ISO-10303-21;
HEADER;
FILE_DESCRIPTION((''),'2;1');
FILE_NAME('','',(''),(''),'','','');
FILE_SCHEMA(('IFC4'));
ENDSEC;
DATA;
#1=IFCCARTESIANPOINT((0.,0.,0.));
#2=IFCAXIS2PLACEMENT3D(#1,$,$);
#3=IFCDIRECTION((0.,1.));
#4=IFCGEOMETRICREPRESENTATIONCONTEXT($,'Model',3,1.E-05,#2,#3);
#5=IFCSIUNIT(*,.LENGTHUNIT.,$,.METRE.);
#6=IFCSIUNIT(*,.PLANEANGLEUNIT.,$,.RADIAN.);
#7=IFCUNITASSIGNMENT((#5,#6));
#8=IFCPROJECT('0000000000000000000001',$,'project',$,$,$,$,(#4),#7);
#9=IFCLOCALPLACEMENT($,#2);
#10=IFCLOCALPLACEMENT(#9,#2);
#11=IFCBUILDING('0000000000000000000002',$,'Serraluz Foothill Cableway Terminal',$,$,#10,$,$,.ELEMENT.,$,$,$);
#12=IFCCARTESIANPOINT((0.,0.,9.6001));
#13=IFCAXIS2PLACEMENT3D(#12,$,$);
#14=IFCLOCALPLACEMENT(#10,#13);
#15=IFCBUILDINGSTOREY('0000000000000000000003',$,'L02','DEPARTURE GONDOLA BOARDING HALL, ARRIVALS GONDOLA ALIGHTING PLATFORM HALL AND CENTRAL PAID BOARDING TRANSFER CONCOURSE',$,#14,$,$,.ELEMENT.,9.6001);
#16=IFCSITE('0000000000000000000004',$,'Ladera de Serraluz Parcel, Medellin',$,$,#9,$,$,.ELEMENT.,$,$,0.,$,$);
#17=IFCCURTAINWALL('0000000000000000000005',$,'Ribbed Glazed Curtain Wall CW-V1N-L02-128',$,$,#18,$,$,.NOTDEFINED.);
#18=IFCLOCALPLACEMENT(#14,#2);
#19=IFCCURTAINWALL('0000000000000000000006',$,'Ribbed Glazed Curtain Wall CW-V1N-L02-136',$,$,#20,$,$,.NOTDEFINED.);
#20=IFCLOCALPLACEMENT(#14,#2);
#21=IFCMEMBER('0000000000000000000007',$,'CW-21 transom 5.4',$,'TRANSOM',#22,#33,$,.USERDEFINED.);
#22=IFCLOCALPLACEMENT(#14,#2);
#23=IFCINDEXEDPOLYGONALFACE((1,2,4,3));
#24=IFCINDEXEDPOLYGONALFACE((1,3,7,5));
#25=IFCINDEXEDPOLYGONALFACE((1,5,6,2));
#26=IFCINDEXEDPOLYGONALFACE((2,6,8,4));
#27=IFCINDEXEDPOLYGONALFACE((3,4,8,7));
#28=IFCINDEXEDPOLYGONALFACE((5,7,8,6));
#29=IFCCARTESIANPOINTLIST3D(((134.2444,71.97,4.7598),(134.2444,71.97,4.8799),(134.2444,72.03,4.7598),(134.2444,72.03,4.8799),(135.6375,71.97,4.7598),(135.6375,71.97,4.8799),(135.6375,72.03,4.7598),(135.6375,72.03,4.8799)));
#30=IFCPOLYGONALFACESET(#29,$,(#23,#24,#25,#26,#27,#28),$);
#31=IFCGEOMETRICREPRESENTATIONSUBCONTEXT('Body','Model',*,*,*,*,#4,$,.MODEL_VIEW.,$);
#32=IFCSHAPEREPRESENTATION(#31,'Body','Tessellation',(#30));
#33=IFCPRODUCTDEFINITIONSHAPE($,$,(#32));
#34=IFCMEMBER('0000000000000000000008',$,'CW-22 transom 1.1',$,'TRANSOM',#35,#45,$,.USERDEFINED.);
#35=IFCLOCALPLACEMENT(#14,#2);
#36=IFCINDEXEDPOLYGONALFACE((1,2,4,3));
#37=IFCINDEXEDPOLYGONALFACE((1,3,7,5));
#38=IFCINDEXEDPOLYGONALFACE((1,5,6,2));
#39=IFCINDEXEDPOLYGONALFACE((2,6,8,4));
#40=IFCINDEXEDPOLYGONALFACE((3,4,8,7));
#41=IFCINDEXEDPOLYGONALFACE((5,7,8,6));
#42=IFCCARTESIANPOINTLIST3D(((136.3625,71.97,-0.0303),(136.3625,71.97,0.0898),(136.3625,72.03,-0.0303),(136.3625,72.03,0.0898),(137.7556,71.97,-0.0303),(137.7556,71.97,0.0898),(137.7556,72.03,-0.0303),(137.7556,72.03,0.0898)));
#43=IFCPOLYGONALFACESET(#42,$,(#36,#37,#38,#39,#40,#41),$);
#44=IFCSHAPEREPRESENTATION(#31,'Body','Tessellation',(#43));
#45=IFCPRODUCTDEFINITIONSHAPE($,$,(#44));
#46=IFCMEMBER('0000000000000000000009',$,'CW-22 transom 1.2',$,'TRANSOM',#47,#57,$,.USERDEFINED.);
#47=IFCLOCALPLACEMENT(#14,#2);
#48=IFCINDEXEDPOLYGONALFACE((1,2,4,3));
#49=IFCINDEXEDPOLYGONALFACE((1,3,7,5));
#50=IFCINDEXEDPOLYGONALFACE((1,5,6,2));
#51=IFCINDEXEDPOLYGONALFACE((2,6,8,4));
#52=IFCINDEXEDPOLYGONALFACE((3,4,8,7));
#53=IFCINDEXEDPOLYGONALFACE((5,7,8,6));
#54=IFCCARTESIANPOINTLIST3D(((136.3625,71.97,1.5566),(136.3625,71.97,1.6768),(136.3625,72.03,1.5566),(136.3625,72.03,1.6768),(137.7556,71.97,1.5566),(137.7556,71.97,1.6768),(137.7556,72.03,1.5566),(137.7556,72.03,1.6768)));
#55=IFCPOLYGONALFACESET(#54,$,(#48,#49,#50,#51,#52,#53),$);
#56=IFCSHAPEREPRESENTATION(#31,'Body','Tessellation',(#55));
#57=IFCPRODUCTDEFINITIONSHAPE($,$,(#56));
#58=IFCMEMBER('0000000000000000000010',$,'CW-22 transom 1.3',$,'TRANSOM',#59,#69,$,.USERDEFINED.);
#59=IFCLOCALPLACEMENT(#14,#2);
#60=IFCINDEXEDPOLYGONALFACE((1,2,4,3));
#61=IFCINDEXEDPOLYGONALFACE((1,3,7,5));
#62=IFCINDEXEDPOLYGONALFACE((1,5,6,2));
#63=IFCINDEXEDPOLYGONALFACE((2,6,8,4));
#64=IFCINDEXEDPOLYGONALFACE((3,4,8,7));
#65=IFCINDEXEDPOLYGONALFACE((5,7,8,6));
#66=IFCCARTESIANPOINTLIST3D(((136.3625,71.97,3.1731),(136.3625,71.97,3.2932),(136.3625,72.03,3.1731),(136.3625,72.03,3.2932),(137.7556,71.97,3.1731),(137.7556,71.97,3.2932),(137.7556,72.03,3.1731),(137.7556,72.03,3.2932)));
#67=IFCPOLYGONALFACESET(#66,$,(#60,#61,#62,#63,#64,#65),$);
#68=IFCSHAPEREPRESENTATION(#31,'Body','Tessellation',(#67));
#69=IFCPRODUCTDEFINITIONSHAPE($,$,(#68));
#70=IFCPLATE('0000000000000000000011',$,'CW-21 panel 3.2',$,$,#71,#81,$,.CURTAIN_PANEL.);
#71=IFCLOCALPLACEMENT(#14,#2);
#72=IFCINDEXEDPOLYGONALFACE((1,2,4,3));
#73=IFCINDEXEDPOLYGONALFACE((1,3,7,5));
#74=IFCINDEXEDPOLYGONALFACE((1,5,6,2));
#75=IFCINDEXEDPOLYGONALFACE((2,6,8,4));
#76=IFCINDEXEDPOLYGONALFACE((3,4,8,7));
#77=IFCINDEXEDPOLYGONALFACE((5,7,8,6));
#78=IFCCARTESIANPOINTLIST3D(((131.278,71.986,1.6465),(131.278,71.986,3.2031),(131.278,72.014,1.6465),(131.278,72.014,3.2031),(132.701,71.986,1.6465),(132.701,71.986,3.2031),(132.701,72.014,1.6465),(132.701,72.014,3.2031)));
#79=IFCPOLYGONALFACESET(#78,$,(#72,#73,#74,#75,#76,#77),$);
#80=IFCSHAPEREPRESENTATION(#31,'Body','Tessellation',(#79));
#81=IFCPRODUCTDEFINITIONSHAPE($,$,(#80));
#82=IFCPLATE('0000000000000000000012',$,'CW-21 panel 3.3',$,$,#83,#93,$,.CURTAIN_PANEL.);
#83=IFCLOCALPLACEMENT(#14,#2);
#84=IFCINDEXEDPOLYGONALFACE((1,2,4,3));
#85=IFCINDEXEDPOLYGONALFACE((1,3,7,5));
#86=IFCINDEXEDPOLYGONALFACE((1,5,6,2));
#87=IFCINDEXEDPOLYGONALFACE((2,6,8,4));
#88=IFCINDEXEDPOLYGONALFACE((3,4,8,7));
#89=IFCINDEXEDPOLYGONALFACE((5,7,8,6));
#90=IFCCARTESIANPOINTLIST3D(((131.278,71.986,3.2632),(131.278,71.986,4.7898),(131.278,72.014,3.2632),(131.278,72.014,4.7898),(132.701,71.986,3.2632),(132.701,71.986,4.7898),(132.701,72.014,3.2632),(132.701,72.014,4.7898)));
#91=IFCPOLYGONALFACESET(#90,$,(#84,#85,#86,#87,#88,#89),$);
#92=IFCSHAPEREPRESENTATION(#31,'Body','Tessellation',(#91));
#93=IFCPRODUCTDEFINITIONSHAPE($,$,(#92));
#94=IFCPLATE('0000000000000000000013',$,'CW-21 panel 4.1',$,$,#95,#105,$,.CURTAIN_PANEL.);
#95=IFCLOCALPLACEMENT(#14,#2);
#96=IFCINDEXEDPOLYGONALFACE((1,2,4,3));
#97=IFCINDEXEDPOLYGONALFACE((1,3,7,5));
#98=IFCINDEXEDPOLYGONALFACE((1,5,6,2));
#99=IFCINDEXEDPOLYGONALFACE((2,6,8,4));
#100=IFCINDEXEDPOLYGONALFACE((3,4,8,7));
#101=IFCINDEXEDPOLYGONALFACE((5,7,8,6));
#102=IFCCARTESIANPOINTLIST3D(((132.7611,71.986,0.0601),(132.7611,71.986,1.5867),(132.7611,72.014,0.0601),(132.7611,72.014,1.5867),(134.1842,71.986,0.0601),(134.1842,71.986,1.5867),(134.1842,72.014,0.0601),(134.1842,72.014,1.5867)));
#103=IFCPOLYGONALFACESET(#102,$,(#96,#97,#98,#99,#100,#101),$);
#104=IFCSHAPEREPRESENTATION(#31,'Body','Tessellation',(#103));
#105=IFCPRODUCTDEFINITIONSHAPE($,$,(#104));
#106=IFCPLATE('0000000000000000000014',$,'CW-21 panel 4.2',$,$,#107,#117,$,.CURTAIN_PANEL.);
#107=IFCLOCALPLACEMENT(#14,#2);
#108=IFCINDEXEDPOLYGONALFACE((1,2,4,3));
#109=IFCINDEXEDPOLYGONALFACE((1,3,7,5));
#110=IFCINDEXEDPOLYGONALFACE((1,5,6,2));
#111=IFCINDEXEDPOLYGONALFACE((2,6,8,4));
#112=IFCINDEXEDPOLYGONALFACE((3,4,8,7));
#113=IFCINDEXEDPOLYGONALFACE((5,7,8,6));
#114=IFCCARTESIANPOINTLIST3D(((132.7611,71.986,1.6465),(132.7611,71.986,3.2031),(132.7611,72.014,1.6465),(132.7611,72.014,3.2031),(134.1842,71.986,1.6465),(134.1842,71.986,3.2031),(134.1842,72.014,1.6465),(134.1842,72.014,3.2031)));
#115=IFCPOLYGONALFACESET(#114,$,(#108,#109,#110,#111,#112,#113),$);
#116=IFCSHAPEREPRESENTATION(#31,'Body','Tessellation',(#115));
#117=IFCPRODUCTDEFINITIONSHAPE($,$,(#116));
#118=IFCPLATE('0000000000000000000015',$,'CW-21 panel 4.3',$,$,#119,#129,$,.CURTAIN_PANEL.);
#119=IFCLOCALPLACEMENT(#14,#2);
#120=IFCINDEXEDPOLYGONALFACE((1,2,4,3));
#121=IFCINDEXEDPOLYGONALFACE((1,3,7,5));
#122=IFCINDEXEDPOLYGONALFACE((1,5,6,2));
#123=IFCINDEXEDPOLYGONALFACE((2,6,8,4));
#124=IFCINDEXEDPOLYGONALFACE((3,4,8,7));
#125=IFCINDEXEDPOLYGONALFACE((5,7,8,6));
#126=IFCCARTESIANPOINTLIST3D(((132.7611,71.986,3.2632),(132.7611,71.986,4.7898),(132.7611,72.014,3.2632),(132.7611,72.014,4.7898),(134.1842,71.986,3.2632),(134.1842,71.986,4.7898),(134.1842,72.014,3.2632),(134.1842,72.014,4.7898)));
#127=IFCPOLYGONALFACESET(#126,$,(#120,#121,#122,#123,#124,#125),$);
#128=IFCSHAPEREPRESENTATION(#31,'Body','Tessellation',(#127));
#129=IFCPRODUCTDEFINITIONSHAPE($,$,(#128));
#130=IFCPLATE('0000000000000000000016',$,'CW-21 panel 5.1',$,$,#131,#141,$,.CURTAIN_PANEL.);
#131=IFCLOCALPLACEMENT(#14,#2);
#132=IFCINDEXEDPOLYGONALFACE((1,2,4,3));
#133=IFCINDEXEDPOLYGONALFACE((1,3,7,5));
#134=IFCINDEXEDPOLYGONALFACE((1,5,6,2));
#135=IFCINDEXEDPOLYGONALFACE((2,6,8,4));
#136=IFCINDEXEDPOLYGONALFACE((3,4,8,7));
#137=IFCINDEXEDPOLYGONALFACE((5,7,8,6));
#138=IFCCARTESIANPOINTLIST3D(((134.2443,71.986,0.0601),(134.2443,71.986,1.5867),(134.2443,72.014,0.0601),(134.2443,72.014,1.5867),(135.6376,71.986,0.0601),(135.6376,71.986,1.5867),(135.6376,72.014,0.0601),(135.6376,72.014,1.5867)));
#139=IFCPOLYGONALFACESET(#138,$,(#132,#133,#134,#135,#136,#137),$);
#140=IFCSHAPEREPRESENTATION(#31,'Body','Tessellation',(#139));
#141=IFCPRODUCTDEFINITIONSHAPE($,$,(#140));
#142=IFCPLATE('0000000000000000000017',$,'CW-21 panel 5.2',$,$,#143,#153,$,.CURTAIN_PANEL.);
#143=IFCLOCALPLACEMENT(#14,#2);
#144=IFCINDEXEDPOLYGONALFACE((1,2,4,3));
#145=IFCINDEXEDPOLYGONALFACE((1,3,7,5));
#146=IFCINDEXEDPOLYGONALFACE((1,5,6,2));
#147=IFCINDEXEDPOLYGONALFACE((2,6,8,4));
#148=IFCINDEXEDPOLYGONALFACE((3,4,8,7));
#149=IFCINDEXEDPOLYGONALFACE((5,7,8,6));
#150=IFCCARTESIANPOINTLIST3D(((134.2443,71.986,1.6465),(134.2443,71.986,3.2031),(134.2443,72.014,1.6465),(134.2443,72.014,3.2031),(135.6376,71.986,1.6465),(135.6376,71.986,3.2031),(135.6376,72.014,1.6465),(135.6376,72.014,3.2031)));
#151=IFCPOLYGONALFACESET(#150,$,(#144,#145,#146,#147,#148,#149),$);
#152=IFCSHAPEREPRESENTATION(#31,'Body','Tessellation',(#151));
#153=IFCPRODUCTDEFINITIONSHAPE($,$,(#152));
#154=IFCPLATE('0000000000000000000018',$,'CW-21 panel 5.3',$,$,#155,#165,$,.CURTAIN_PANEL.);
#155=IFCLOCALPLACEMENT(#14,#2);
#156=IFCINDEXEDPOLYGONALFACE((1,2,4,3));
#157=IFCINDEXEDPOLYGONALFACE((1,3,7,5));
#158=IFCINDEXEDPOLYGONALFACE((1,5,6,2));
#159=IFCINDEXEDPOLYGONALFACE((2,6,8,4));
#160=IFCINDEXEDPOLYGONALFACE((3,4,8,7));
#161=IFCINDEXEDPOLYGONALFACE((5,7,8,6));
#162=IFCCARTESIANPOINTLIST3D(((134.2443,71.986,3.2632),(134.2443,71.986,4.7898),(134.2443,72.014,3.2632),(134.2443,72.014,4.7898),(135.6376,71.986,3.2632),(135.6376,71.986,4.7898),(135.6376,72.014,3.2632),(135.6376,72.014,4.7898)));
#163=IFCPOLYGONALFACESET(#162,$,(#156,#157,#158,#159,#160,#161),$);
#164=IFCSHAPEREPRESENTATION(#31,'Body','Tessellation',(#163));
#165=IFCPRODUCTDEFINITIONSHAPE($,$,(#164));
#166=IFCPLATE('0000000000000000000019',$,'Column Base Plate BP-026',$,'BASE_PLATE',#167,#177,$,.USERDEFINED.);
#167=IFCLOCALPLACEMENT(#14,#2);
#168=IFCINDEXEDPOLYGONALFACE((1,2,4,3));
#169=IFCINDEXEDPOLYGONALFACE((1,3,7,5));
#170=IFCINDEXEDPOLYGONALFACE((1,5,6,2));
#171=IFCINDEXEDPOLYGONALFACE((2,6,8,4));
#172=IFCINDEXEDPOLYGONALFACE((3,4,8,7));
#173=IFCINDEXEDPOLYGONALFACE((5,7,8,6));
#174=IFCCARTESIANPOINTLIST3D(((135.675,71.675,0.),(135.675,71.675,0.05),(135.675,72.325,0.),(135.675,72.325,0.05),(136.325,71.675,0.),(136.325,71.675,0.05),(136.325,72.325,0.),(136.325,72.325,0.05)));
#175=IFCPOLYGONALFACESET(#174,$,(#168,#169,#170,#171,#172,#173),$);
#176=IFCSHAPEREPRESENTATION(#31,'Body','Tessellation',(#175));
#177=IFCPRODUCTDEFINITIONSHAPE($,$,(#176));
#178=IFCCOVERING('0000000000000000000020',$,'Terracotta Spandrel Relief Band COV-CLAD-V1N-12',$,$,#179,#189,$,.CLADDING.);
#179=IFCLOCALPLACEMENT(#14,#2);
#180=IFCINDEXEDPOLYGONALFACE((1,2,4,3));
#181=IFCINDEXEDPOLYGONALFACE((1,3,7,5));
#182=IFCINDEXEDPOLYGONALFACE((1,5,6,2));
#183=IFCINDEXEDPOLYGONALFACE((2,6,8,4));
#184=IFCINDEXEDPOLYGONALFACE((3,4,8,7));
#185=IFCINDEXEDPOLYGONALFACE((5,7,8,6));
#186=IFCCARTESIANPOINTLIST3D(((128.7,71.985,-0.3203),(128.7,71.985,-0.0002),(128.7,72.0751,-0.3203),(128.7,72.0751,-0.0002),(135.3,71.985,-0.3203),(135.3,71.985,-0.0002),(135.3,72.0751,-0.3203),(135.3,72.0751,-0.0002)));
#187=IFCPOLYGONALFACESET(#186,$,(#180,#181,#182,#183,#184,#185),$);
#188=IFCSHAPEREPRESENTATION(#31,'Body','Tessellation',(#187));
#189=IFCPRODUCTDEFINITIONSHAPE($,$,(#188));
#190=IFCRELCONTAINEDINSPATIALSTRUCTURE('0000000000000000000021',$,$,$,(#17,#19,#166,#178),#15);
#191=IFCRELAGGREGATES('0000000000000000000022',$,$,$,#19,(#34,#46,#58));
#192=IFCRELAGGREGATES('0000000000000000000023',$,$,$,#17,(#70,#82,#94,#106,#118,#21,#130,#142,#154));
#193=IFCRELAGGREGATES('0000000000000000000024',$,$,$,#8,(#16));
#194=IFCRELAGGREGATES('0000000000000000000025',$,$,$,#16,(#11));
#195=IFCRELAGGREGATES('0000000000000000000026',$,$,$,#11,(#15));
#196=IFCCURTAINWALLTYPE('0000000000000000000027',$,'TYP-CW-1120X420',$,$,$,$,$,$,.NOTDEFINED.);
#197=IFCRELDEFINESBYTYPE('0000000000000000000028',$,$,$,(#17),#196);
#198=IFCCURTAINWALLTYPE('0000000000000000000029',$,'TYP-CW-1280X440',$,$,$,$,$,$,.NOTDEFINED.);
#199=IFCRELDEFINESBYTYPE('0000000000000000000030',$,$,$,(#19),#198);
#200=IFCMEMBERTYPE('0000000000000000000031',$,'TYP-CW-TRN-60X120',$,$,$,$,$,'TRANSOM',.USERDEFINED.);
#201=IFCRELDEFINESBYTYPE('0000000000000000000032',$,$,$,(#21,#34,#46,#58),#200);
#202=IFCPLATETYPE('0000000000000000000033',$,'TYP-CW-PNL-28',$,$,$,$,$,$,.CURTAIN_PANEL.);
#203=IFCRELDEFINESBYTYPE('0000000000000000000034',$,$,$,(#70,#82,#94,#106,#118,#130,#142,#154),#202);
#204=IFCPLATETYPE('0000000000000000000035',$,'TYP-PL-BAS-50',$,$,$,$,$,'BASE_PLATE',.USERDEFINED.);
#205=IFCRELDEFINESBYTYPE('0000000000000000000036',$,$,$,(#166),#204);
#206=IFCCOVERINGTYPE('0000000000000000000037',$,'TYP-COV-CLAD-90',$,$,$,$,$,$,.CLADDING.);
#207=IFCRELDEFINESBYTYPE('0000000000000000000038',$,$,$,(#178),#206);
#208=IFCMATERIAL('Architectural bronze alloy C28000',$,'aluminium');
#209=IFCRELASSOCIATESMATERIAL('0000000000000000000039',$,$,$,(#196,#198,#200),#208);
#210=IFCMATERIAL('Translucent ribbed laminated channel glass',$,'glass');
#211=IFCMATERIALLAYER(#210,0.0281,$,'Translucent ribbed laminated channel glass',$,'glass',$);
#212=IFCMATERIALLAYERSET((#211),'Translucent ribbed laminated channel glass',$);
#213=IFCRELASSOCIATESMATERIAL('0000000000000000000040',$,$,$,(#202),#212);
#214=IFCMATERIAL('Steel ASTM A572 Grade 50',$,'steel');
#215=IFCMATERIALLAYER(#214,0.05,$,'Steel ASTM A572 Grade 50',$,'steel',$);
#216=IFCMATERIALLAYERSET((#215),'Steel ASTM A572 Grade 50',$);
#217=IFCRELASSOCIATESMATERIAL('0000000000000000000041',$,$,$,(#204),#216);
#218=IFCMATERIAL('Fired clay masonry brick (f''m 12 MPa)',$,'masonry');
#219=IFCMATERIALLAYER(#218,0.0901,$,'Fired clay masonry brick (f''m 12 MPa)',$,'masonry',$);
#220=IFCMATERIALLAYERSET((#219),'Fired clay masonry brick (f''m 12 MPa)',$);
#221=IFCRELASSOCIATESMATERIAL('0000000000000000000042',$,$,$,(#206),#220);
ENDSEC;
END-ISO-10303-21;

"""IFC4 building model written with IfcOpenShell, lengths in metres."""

from ifc_helpers import new_model, si_unit, direction, frame, origin, origin_2d, place, context, subcontext, project, spatial, rectangle, extrude, material, layer, layer_set, material_profile, profile_set, type_object, element, aggregate, save


model = new_model("IFC4")

# Units and contexts
model_context = context("Model", 3, precision=1e-05, world=origin(), true_north=direction((0.0, 1.0)))
body_context = subcontext(model_context, "Body", "Model", "MODEL_VIEW")
ifc_project = project(units=[si_unit("LENGTHUNIT", "METRE"), si_unit("PLANEANGLEUNIT", "RADIAN")], contexts=[model_context])

# Site, building, storey
site_placement = place(None, origin())
site = spatial("IfcSite", under=ifc_project, at=site_placement, Name="Ladera de Serraluz Parcel, Medellin", CompositionType="ELEMENT", RefElevation=0.0)
building_placement = place(site_placement, origin())
building = spatial("IfcBuilding", under=site, at=building_placement, Name="Serraluz Foothill Cableway Terminal", CompositionType="ELEMENT")
storey_placement = place(building_placement, frame((0.0, 0.0, 9.6001)))
storey = spatial("IfcBuildingStorey", under=building, at=storey_placement, Name="L02", Description="DEPARTURE GONDOLA BOARDING HALL, ARRIVALS GONDOLA ALIGHTING PLATFORM HALL AND CENTRAL PAID BOARDING TRANSFER CONCOURSE", CompositionType="ELEMENT", Elevation=9.6001)

# Curtain wall
ifc_material_1 = material(Name="Architectural bronze alloy C28000", Category="aluminium")
curtain_wall_type_1 = type_object("IfcCurtainWallType", Name="TYP-CW-1120X420", PredefinedType="NOTDEFINED", material=ifc_material_1)
curtain_wall_1_placement = place(storey_placement, origin())
curtain_wall_1 = element("IfcCurtainWall", 1, at=curtain_wall_1_placement, inside=storey, type_object=curtain_wall_type_1, Name="Ribbed Glazed Curtain Wall CW-V1N-L02-128", PredefinedType="NOTDEFINED")

# Curtain wall
curtain_wall_type_2 = type_object("IfcCurtainWallType", Name="TYP-CW-1280X440", PredefinedType="NOTDEFINED", material=ifc_material_1)
curtain_wall_2_placement = place(storey_placement, origin())
curtain_wall_2 = element("IfcCurtainWall", 2, at=curtain_wall_2_placement, inside=storey, type_object=curtain_wall_type_2, Name="Ribbed Glazed Curtain Wall CW-V1N-L02-136", PredefinedType="NOTDEFINED")

# Members
ifc_material_profile_1 = material_profile(ifc_material_1, rectangle(XDim=0.0601, YDim=0.1201, at=origin_2d()), Name="ALU TRANSOM 60x120")
ifc_profile_set_1 = profile_set([ifc_material_profile_1], Name="Architectural bronze alloy C28000")
member_type_1 = type_object("IfcMemberType", Name="TYP-CW-TRN-60X120", ElementType="TRANSOM", PredefinedType="USERDEFINED", material=ifc_profile_set_1)
member_1_placement = place(storey_placement, frame((134.2444, 72.0, 4.8198), z_axis=(1.0, 0.0, 0.0), x_axis=(0.0, 1.0, 0.0)))
member_1 = element("IfcMember", 3, at=member_1_placement, type_object=member_type_1, Name="CW-21 transom 5.4", ObjectType="TRANSOM", PredefinedType="USERDEFINED", context=body_context, shape_type="SweptSolid", body=[
    extrude(rectangle(XDim=0.0601, YDim=0.1201, at=origin_2d()), origin(), (0.0, 0.0, 1.0), 1.3931),
])
member_2_placement = place(storey_placement, frame((136.3625, 72.0, 0.0298), z_axis=(1.0, 0.0, 0.0), x_axis=(0.0, 1.0, 0.0)))
member_2 = element("IfcMember", 4, at=member_2_placement, type_object=member_type_1, Name="CW-22 transom 1.1", ObjectType="TRANSOM", PredefinedType="USERDEFINED", context=body_context, shape_type="SweptSolid", body=[
    extrude(rectangle(XDim=0.0601, YDim=0.1201, at=origin_2d()), origin(), (0.0, 0.0, 1.0), 1.3931),
])
member_3_placement = place(storey_placement, frame((136.3625, 72.0, 1.6167), z_axis=(1.0, 0.0, 0.0), x_axis=(0.0, 1.0, 0.0)))
member_3 = element("IfcMember", 5, at=member_3_placement, type_object=member_type_1, Name="CW-22 transom 1.2", ObjectType="TRANSOM", PredefinedType="USERDEFINED", context=body_context, shape_type="SweptSolid", body=[
    extrude(rectangle(XDim=0.0601, YDim=0.1201, at=origin_2d()), origin(), (0.0, 0.0, 1.0), 1.3931),
])
member_4_placement = place(storey_placement, frame((136.3625, 72.0, 3.2332), z_axis=(1.0, 0.0, 0.0), x_axis=(0.0, 1.0, 0.0)))
member_4 = element("IfcMember", 6, at=member_4_placement, type_object=member_type_1, Name="CW-22 transom 1.3", ObjectType="TRANSOM", PredefinedType="USERDEFINED", context=body_context, shape_type="SweptSolid", body=[
    extrude(rectangle(XDim=0.0601, YDim=0.1201, at=origin_2d()), origin(), (0.0, 0.0, 1.0), 1.3931),
])
aggregate(curtain_wall_2, [member_2, member_3, member_4])

# Plates
ifc_material_2 = material(Name="Translucent ribbed laminated channel glass", Category="glass")
ifc_layer_1 = layer(ifc_material_2, 0.0281, Name="Translucent ribbed laminated channel glass", Category="glass")
ifc_layer_set_1 = layer_set([ifc_layer_1], Name="Translucent ribbed laminated channel glass")
plate_type_1 = type_object("IfcPlateType", Name="TYP-CW-PNL-28", PredefinedType="CURTAIN_PANEL", material=ifc_layer_set_1)
plate_1_placement = place(storey_placement, frame((131.9895, 72.0, 1.6465), z_axis=(0.0, 0.0, 1.0), x_axis=(1.0, 0.0, 0.0)))
plate_1 = element("IfcPlate", 7, at=plate_1_placement, type_object=plate_type_1, Name="CW-21 panel 3.2", PredefinedType="CURTAIN_PANEL", context=body_context, shape_type="SweptSolid", body=[
    extrude(rectangle(XDim=1.4231, YDim=0.0281, at=origin_2d()), origin(), (0.0, 0.0, 1.0), 1.5566),
])
plate_2_placement = place(storey_placement, frame((131.9895, 72.0, 3.2632), z_axis=(0.0, 0.0, 1.0), x_axis=(1.0, 0.0, 0.0)))
plate_2 = element("IfcPlate", 8, at=plate_2_placement, type_object=plate_type_1, Name="CW-21 panel 3.3", PredefinedType="CURTAIN_PANEL", context=body_context, shape_type="SweptSolid", body=[
    extrude(rectangle(XDim=1.4231, YDim=0.0281, at=origin_2d()), origin(), (0.0, 0.0, 1.0), 1.5266),
])
plate_3_placement = place(storey_placement, frame((133.4727, 72.0, 0.0601), z_axis=(0.0, 0.0, 1.0), x_axis=(1.0, 0.0, 0.0)))
plate_3 = element("IfcPlate", 9, at=plate_3_placement, type_object=plate_type_1, Name="CW-21 panel 4.1", PredefinedType="CURTAIN_PANEL", context=body_context, shape_type="SweptSolid", body=[
    extrude(rectangle(XDim=1.4231, YDim=0.0281, at=origin_2d()), origin(), (0.0, 0.0, 1.0), 1.5266),
])
plate_4_placement = place(storey_placement, frame((133.4727, 72.0, 1.6465), z_axis=(0.0, 0.0, 1.0), x_axis=(1.0, 0.0, 0.0)))
plate_4 = element("IfcPlate", 10, at=plate_4_placement, type_object=plate_type_1, Name="CW-21 panel 4.2", PredefinedType="CURTAIN_PANEL", context=body_context, shape_type="SweptSolid", body=[
    extrude(rectangle(XDim=1.4231, YDim=0.0281, at=origin_2d()), origin(), (0.0, 0.0, 1.0), 1.5566),
])
plate_5_placement = place(storey_placement, frame((133.4727, 72.0, 3.2632), z_axis=(0.0, 0.0, 1.0), x_axis=(1.0, 0.0, 0.0)))
plate_5 = element("IfcPlate", 11, at=plate_5_placement, type_object=plate_type_1, Name="CW-21 panel 4.3", PredefinedType="CURTAIN_PANEL", context=body_context, shape_type="SweptSolid", body=[
    extrude(rectangle(XDim=1.4231, YDim=0.0281, at=origin_2d()), origin(), (0.0, 0.0, 1.0), 1.5266),
])
plate_6_placement = place(storey_placement, frame((134.9409, 72.0, 0.0601), z_axis=(0.0, 0.0, 1.0), x_axis=(1.0, 0.0, 0.0)))
plate_6 = element("IfcPlate", 12, at=plate_6_placement, type_object=plate_type_1, Name="CW-21 panel 5.1", PredefinedType="CURTAIN_PANEL", context=body_context, shape_type="SweptSolid", body=[
    extrude(rectangle(XDim=1.3933, YDim=0.0281, at=origin_2d()), origin(), (0.0, 0.0, 1.0), 1.5266),
])
plate_7_placement = place(storey_placement, frame((134.9409, 72.0, 1.6465), z_axis=(0.0, 0.0, 1.0), x_axis=(1.0, 0.0, 0.0)))
plate_7 = element("IfcPlate", 13, at=plate_7_placement, type_object=plate_type_1, Name="CW-21 panel 5.2", PredefinedType="CURTAIN_PANEL", context=body_context, shape_type="SweptSolid", body=[
    extrude(rectangle(XDim=1.3933, YDim=0.0281, at=origin_2d()), origin(), (0.0, 0.0, 1.0), 1.5566),
])
plate_8_placement = place(storey_placement, frame((134.9409, 72.0, 3.2632), z_axis=(0.0, 0.0, 1.0), x_axis=(1.0, 0.0, 0.0)))
plate_8 = element("IfcPlate", 14, at=plate_8_placement, type_object=plate_type_1, Name="CW-21 panel 5.3", PredefinedType="CURTAIN_PANEL", context=body_context, shape_type="SweptSolid", body=[
    extrude(rectangle(XDim=1.3933, YDim=0.0281, at=origin_2d()), origin(), (0.0, 0.0, 1.0), 1.5266),
])
aggregate(curtain_wall_1, [plate_1, plate_2, plate_3, plate_4, plate_5, member_1, plate_6, plate_7, plate_8])
ifc_material_3 = material(Name="Steel ASTM A572 Grade 50", Category="steel")
ifc_layer_2 = layer(ifc_material_3, 0.05, Name="Steel ASTM A572 Grade 50", Category="steel")
ifc_layer_set_2 = layer_set([ifc_layer_2], Name="Steel ASTM A572 Grade 50")
plate_type_2 = type_object("IfcPlateType", Name="TYP-PL-BAS-50", ElementType="BASE_PLATE", PredefinedType="USERDEFINED", material=ifc_layer_set_2)
plate_9_placement = place(storey_placement, frame((136.0, 72.0, 0.0), z_axis=(0.0, 0.0, 1.0), x_axis=(1.0, 0.0, 0.0)))
element("IfcPlate", 15, at=plate_9_placement, inside=storey, type_object=plate_type_2, Name="Column Base Plate BP-026", ObjectType="BASE_PLATE", PredefinedType="USERDEFINED", context=body_context, shape_type="SweptSolid", body=[
    extrude(rectangle(XDim=0.6499, YDim=0.6499, at=origin_2d()), origin(), (0.0, 0.0, 1.0), 0.05),
])

# Covering
ifc_material_4 = material(Name="Fired clay masonry brick (f'm 12 MPa)", Category="masonry")
ifc_layer_3 = layer(ifc_material_4, 0.0901, Name="Fired clay masonry brick (f'm 12 MPa)", Category="masonry")
ifc_layer_set_3 = layer_set([ifc_layer_3], Name="Fired clay masonry brick (f'm 12 MPa)")
covering_type = type_object("IfcCoveringType", Name="TYP-COV-CLAD-90", PredefinedType="CLADDING", material=ifc_layer_set_3)
covering_placement = place(storey_placement, frame((132.0, 72.03, -0.3203), z_axis=(0.0, 0.0, 1.0), x_axis=(1.0, 0.0, 0.0)))
element("IfcCovering", 16, at=covering_placement, inside=storey, type_object=covering_type, Name="Terracotta Spandrel Relief Band COV-CLAD-V1N-12", PredefinedType="CLADDING", context=body_context, shape_type="SweptSolid", body=[
    extrude(rectangle(XDim=6.6001, YDim=0.0901, at=origin_2d()), origin(), (0.0, 0.0, 1.0), 0.3201),
])

save(model, "model.ifc")
